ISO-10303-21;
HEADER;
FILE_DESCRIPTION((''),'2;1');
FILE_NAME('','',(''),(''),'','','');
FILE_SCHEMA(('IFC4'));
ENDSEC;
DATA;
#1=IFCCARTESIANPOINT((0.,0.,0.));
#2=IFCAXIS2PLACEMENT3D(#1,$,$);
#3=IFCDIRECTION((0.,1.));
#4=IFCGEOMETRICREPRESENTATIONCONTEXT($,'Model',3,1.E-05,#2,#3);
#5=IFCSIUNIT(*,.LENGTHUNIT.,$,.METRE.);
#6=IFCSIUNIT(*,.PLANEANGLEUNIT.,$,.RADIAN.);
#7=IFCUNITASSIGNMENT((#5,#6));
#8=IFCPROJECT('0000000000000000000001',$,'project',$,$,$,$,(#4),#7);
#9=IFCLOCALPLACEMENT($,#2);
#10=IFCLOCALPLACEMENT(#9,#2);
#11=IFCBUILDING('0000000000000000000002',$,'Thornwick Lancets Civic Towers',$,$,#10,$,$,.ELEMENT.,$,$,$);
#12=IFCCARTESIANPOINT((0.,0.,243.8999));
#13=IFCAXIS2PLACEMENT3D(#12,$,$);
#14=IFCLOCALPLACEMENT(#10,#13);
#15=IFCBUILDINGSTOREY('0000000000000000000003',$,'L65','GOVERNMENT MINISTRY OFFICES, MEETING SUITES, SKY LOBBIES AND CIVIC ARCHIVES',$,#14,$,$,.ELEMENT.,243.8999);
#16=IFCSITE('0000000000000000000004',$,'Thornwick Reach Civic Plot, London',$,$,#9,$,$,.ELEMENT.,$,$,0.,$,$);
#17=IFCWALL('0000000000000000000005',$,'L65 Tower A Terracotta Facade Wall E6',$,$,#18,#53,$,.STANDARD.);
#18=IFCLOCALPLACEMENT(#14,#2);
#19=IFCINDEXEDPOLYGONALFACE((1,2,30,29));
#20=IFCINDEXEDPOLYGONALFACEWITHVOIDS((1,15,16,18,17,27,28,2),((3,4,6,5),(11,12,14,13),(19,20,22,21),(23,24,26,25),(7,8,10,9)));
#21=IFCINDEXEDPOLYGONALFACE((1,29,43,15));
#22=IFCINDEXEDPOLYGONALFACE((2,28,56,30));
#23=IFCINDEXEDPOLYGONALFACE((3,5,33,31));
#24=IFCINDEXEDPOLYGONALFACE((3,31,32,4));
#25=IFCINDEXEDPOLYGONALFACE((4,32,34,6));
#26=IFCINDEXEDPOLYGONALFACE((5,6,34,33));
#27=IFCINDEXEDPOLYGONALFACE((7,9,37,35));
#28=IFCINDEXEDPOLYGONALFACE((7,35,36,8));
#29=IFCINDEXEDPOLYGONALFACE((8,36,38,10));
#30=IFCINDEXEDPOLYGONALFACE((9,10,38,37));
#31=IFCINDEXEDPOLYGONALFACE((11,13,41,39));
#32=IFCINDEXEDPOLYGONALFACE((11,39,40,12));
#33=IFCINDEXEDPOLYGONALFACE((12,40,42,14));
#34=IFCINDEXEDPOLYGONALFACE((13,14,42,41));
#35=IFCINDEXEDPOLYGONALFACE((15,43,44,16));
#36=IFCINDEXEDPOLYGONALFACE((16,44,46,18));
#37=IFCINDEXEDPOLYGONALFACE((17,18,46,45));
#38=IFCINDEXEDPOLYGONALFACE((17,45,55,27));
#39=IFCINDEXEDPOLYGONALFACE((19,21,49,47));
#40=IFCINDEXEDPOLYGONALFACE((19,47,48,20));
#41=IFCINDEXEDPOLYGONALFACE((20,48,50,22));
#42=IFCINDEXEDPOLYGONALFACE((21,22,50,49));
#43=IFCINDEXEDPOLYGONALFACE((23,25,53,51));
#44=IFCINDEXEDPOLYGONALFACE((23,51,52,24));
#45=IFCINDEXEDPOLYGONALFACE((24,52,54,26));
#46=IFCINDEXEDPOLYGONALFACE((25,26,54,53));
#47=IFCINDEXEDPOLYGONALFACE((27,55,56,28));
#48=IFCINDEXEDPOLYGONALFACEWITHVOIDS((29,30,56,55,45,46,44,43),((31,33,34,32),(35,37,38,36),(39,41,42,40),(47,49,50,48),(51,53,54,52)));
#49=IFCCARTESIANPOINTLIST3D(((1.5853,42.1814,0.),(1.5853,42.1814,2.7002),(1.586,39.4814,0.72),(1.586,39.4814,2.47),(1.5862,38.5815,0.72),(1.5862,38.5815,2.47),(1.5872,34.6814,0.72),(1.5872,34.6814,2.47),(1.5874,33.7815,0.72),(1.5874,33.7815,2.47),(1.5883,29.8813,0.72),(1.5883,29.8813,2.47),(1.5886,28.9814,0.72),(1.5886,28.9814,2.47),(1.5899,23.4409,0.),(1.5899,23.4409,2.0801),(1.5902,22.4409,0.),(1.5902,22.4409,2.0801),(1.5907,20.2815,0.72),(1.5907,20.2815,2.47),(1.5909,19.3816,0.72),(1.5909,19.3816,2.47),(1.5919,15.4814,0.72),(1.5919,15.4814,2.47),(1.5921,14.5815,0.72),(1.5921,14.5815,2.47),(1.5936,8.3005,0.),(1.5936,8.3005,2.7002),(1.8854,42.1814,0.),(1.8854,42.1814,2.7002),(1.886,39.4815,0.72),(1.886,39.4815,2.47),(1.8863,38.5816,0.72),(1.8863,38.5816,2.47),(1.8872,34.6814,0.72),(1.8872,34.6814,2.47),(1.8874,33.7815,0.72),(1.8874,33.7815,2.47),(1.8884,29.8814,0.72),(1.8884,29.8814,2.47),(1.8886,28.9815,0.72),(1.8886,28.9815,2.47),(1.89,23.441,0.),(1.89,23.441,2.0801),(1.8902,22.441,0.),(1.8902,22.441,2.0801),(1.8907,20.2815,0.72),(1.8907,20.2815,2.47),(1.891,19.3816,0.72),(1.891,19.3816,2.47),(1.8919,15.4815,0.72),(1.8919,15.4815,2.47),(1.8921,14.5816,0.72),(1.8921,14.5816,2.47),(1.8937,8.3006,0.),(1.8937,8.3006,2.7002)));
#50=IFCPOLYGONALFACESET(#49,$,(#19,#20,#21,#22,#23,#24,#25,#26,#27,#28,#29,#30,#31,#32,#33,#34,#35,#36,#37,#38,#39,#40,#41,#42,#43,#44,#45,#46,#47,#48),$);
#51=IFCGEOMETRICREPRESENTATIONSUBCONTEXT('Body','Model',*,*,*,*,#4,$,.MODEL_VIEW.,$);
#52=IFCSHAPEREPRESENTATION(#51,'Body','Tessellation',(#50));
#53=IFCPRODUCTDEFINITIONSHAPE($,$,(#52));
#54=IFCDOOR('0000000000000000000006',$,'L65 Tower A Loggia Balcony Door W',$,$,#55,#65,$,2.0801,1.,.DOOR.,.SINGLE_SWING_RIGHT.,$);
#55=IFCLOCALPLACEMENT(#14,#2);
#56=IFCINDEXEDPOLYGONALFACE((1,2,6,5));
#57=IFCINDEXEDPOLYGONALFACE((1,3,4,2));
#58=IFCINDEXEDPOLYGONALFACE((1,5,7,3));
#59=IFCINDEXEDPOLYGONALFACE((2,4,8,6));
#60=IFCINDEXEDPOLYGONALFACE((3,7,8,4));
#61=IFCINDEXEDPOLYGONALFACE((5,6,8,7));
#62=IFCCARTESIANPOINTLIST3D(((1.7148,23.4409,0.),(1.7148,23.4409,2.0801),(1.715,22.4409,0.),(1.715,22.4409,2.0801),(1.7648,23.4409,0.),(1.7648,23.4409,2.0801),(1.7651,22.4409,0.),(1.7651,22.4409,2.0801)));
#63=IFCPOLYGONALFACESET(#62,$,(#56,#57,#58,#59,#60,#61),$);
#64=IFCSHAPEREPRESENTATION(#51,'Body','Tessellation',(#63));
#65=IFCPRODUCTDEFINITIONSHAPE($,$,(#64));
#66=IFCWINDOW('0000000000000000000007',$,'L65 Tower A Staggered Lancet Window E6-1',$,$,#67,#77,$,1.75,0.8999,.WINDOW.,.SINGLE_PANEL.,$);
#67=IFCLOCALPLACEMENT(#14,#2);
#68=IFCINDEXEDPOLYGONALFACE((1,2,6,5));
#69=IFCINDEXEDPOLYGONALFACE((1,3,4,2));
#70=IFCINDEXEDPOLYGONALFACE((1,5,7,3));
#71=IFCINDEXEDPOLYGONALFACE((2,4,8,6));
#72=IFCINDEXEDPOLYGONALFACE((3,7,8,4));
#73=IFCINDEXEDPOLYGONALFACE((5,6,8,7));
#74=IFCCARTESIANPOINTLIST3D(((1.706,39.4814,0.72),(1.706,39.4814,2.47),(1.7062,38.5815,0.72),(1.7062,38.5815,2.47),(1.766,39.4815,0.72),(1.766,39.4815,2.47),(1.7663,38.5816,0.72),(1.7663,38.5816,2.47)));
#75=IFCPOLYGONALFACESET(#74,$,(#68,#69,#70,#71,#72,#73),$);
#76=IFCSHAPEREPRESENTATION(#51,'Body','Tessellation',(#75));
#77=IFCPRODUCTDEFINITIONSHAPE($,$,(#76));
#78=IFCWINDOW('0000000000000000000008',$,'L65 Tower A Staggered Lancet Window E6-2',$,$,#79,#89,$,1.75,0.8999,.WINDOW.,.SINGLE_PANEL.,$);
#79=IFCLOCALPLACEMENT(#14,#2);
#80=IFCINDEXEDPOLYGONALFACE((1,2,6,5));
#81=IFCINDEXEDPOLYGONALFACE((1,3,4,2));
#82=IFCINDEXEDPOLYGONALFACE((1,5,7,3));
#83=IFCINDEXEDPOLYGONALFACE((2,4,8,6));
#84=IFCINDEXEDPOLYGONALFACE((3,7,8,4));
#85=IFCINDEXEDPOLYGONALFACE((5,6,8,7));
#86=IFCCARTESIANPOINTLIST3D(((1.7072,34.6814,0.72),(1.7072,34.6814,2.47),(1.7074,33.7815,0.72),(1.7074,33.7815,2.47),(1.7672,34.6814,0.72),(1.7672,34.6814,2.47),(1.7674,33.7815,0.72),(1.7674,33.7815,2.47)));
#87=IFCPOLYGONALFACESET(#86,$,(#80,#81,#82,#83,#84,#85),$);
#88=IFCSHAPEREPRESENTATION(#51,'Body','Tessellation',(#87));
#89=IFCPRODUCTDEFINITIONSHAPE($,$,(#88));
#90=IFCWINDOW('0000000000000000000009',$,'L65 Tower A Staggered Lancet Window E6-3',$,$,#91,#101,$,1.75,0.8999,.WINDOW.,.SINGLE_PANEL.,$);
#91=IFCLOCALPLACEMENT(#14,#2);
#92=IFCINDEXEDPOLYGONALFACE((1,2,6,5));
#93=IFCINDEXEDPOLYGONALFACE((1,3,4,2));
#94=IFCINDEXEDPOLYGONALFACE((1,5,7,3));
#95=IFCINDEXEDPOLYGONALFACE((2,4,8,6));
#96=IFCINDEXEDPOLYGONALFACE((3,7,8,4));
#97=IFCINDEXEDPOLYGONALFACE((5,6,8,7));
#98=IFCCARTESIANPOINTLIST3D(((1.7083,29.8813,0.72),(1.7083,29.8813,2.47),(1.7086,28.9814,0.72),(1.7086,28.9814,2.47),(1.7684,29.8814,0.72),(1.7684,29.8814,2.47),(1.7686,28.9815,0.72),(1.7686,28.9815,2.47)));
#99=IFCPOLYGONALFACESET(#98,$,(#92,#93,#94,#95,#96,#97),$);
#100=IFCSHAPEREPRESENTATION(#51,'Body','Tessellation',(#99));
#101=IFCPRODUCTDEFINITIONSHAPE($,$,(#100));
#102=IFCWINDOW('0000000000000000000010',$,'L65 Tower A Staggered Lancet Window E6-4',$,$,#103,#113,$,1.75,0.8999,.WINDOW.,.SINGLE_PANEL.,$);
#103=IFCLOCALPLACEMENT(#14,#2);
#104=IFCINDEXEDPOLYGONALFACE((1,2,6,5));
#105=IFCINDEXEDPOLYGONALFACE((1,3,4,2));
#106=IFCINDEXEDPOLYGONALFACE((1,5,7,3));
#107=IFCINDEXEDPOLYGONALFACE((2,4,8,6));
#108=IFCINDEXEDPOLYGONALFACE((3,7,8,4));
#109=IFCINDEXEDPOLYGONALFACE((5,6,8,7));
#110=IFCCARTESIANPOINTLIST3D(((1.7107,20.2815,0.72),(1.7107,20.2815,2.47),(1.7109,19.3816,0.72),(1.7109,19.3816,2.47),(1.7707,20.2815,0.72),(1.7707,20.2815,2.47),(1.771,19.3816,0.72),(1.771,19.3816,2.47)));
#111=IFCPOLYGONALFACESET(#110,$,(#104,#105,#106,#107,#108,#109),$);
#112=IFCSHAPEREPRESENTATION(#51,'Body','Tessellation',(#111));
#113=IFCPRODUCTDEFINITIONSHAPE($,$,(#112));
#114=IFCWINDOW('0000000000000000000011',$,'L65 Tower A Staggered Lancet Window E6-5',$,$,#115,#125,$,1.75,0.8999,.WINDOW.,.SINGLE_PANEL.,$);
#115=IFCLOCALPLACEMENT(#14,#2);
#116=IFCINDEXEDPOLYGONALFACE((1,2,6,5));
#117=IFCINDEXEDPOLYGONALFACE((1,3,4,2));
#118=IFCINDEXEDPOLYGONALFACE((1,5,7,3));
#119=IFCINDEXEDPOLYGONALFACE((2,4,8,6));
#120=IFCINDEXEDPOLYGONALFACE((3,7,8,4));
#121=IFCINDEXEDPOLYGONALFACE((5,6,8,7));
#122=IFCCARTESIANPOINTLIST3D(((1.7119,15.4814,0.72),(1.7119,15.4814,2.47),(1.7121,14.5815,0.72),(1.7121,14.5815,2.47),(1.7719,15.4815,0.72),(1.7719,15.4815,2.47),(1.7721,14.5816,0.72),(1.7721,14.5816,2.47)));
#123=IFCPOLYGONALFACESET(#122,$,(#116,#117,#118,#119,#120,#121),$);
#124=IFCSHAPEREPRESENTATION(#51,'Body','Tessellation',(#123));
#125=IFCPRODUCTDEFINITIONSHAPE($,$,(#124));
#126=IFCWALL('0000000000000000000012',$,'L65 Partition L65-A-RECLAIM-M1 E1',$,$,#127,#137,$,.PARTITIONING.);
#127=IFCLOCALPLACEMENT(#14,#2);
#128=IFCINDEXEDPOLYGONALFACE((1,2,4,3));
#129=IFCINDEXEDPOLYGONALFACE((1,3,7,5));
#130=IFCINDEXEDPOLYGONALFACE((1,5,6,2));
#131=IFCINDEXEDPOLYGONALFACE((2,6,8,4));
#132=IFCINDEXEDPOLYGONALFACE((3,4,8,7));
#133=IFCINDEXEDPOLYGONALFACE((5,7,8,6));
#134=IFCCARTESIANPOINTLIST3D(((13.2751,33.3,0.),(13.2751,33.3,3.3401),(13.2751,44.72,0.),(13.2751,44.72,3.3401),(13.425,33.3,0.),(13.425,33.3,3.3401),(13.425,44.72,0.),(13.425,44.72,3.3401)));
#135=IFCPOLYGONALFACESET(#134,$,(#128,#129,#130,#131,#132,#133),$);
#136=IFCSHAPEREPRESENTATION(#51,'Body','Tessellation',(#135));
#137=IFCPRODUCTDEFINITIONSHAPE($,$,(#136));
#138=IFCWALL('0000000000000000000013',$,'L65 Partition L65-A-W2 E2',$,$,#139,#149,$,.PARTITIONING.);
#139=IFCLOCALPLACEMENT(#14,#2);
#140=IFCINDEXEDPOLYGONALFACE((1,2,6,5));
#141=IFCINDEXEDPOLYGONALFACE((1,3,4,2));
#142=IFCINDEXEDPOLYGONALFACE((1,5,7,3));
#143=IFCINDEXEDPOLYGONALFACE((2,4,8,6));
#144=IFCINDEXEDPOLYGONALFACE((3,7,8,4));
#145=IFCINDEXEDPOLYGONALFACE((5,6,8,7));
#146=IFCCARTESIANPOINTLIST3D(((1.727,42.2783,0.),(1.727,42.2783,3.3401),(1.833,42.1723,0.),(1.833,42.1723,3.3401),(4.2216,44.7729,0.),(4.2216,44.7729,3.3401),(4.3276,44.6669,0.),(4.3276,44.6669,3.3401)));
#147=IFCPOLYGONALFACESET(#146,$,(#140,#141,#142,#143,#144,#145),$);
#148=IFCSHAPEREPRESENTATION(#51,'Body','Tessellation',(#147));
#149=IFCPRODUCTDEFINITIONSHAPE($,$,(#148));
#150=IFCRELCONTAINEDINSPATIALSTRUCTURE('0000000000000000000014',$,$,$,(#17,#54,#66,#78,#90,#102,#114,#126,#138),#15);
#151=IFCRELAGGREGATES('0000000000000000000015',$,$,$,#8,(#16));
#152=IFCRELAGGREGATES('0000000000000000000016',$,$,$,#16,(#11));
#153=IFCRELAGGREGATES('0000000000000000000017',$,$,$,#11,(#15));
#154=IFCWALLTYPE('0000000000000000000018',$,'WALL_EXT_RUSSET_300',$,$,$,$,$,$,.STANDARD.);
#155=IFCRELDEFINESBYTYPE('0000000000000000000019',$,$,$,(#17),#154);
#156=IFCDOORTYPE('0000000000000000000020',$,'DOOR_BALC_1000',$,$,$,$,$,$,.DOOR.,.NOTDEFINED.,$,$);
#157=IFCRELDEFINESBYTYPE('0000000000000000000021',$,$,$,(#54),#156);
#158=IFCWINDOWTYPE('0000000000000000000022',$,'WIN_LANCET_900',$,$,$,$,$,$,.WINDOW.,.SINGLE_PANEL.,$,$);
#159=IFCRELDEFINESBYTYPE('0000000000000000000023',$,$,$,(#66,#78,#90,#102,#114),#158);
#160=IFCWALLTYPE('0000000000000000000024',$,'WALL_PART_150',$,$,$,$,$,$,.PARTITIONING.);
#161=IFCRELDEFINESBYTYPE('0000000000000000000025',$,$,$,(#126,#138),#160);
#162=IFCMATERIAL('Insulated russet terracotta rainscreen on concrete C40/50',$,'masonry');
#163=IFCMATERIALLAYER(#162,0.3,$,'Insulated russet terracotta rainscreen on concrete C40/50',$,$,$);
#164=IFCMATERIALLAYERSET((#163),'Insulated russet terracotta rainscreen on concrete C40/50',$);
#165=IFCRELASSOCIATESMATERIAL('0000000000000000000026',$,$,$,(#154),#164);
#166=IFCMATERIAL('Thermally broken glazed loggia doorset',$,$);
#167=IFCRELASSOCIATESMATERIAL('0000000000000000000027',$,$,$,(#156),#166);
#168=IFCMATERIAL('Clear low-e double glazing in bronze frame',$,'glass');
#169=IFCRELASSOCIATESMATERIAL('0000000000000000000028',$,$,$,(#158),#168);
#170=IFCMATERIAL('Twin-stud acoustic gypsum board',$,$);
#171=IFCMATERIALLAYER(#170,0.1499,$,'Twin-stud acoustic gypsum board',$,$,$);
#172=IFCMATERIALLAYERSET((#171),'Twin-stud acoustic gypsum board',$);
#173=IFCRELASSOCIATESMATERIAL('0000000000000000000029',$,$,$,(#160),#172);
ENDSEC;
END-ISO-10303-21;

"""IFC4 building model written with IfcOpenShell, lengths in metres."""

from ifc_helpers import new_model, si_unit, direction, frame, frame_2d, origin, place, context, subcontext, project, spatial, rectangle, extrude, material, layer, layer_set, type_object, element, fill, save


model = new_model("IFC4")

# Units and contexts
model_context = context("Model", 3, precision=1e-05, world=origin(), true_north=direction((0.0, 1.0)))
body_context = subcontext(model_context, "Body", "Model", "MODEL_VIEW")
ifc_project = project(units=[si_unit("LENGTHUNIT", "METRE"), si_unit("PLANEANGLEUNIT", "RADIAN")], contexts=[model_context])

# Site, building, storey
site_placement = place(None, origin())
site = spatial("IfcSite", under=ifc_project, at=site_placement, Name="Thornwick Reach Civic Plot, London", CompositionType="ELEMENT", RefElevation=0.0)
building_placement = place(site_placement, origin())
building = spatial("IfcBuilding", under=site, at=building_placement, Name="Thornwick Lancets Civic Towers", CompositionType="ELEMENT")
storey_placement = place(building_placement, frame((0.0, 0.0, 243.8999)))
storey = spatial("IfcBuildingStorey", under=building, at=storey_placement, Name="L65", Description="GOVERNMENT MINISTRY OFFICES, MEETING SUITES, SKY LOBBIES AND CIVIC ARCHIVES", CompositionType="ELEMENT", Elevation=243.8999)

# Wall, openings, door, windows
ifc_material_1 = material(Name="Insulated russet terracotta rainscreen on concrete C40/50", Category="masonry")
ifc_layer_1 = layer(ifc_material_1, 0.3, Name="Insulated russet terracotta rainscreen on concrete C40/50")
ifc_layer_set_1 = layer_set([ifc_layer_1], Name="Insulated russet terracotta rainscreen on concrete C40/50")
wall_type_1 = type_object("IfcWallType", Name="WALL_EXT_RUSSET_300", PredefinedType="STANDARD", material=ifc_layer_set_1)
wall_1_placement = place(storey_placement, frame((1.7354, 42.1814, 0.0), z_axis=(0.0, 0.0, 1.0), x_axis=(0.000245, -1.0, 0.0)))
wall_1 = element("IfcWall", 1, at=wall_1_placement, inside=storey, type_object=wall_type_1, Name="L65 Tower A Terracotta Facade Wall E6", PredefinedType="STANDARD", context=body_context, shape_type="SweptSolid", body=[
    extrude(rectangle(XDim=33.8809, YDim=0.3, at=frame_2d((16.9404, 0.0))), origin(), (0.0, 0.0, 1.0), 2.7002),
])
opening_1_placement = place(wall_1_placement, frame((18.7405, 0.0, 0.0)))
opening_1 = element("IfcOpeningElement", 2, at=opening_1_placement, cuts=wall_1, PredefinedType="OPENING", context=body_context, shape_type="SweptSolid", body=[
    extrude(rectangle(XDim=1.0, YDim=2.0801, at=frame_2d((0.5, 1.04))), frame((0.0, 0.1602, 0.0), z_axis=(0.0, -1.0, 0.0), x_axis=(1.0, 0.0, 0.0)), (0.0, 0.0, 1.0), 0.3201),
])
opening_2_placement = place(wall_1_placement, frame((2.7, 0.0, 0.72)))
opening_2 = element("IfcOpeningElement", 3, at=opening_2_placement, cuts=wall_1, PredefinedType="OPENING", context=body_context, shape_type="SweptSolid", body=[
    extrude(rectangle(XDim=0.8999, YDim=1.75, at=frame_2d((0.45, 0.875))), frame((0.0, 0.1602, 0.0), z_axis=(0.0, -1.0, 0.0), x_axis=(1.0, 0.0, 0.0)), (0.0, 0.0, 1.0), 0.3201),
])
opening_3_placement = place(wall_1_placement, frame((7.5, 0.0, 0.72)))
opening_3 = element("IfcOpeningElement", 4, at=opening_3_placement, cuts=wall_1, PredefinedType="OPENING", context=body_context, shape_type="SweptSolid", body=[
    extrude(rectangle(XDim=0.8999, YDim=1.75, at=frame_2d((0.45, 0.875))), frame((0.0, 0.1602, 0.0), z_axis=(0.0, -1.0, 0.0), x_axis=(1.0, 0.0, 0.0)), (0.0, 0.0, 1.0), 0.3201),
])
opening_4_placement = place(wall_1_placement, frame((12.3, 0.0, 0.72)))
opening_4 = element("IfcOpeningElement", 5, at=opening_4_placement, cuts=wall_1, PredefinedType="OPENING", context=body_context, shape_type="SweptSolid", body=[
    extrude(rectangle(XDim=0.8999, YDim=1.75, at=frame_2d((0.45, 0.875))), frame((0.0, 0.1602, 0.0), z_axis=(0.0, -1.0, 0.0), x_axis=(1.0, 0.0, 0.0)), (0.0, 0.0, 1.0), 0.3201),
])
opening_5_placement = place(wall_1_placement, frame((21.8999, 0.0, 0.72)))
opening_5 = element("IfcOpeningElement", 6, at=opening_5_placement, cuts=wall_1, PredefinedType="OPENING", context=body_context, shape_type="SweptSolid", body=[
    extrude(rectangle(XDim=0.8999, YDim=1.75, at=frame_2d((0.45, 0.875))), frame((0.0, 0.1602, 0.0), z_axis=(0.0, -1.0, 0.0), x_axis=(1.0, 0.0, 0.0)), (0.0, 0.0, 1.0), 0.3201),
])
opening_6_placement = place(wall_1_placement, frame((26.7, 0.0, 0.72)))
opening_6 = element("IfcOpeningElement", 7, at=opening_6_placement, cuts=wall_1, PredefinedType="OPENING", context=body_context, shape_type="SweptSolid", body=[
    extrude(rectangle(XDim=0.8999, YDim=1.75, at=frame_2d((0.45, 0.875))), frame((0.0, 0.1602, 0.0), z_axis=(0.0, -1.0, 0.0), x_axis=(1.0, 0.0, 0.0)), (0.0, 0.0, 1.0), 0.3201),
])
ifc_material_2 = material(Name="Thermally broken glazed loggia doorset")
door_type = type_object("IfcDoorType", Name="DOOR_BALC_1000", OperationType="NOTDEFINED", PredefinedType="DOOR", material=ifc_material_2)
door_placement = place(opening_1_placement, origin())
door = element("IfcDoor", 8, at=door_placement, inside=storey, type_object=door_type, Name="L65 Tower A Loggia Balcony Door W", OperationType="SINGLE_SWING_RIGHT", OverallHeight=2.0801, OverallWidth=1.0, PredefinedType="DOOR", context=body_context, shape_type="SweptSolid", body=[
    extrude(rectangle(XDim=1.0, YDim=2.0801, at=frame_2d((0.5, 1.04))), frame((0.0, 0.0249, 0.0), z_axis=(0.0, -1.0, 0.0), x_axis=(1.0, 0.0, 0.0)), (0.0, 0.0, 1.0), 0.05),
])
fill(opening_1, door)
ifc_material_3 = material(Name="Clear low-e double glazing in bronze frame", Category="glass")
window_type = type_object("IfcWindowType", Name="WIN_LANCET_900", PartitioningType="SINGLE_PANEL", PredefinedType="WINDOW", material=ifc_material_3)
window_1_placement = place(opening_2_placement, origin())
window_1 = element("IfcWindow", 9, at=window_1_placement, inside=storey, type_object=window_type, Name="L65 Tower A Staggered Lancet Window E6-1", OverallHeight=1.75, OverallWidth=0.8999, PartitioningType="SINGLE_PANEL", PredefinedType="WINDOW", context=body_context, shape_type="SweptSolid", body=[
    extrude(rectangle(XDim=0.8999, YDim=1.75, at=frame_2d((0.45, 0.875))), frame((0.0, 0.03, 0.0), z_axis=(0.0, -1.0, 0.0), x_axis=(1.0, 0.0, 0.0)), (0.0, 0.0, 1.0), 0.0601),
])
fill(opening_2, window_1)
window_2_placement = place(opening_3_placement, origin())
window_2 = element("IfcWindow", 10, at=window_2_placement, inside=storey, type_object=window_type, Name="L65 Tower A Staggered Lancet Window E6-2", OverallHeight=1.75, OverallWidth=0.8999, PartitioningType="SINGLE_PANEL", PredefinedType="WINDOW", context=body_context, shape_type="SweptSolid", body=[
    extrude(rectangle(XDim=0.8999, YDim=1.75, at=frame_2d((0.45, 0.875))), frame((0.0, 0.03, 0.0), z_axis=(0.0, -1.0, 0.0), x_axis=(1.0, 0.0, 0.0)), (0.0, 0.0, 1.0), 0.0601),
])
fill(opening_3, window_2)
window_3_placement = place(opening_4_placement, origin())
window_3 = element("IfcWindow", 11, at=window_3_placement, inside=storey, type_object=window_type, Name="L65 Tower A Staggered Lancet Window E6-3", OverallHeight=1.75, OverallWidth=0.8999, PartitioningType="SINGLE_PANEL", PredefinedType="WINDOW", context=body_context, shape_type="SweptSolid", body=[
    extrude(rectangle(XDim=0.8999, YDim=1.75, at=frame_2d((0.45, 0.875))), frame((0.0, 0.03, 0.0), z_axis=(0.0, -1.0, 0.0), x_axis=(1.0, 0.0, 0.0)), (0.0, 0.0, 1.0), 0.0601),
])
fill(opening_4, window_3)
window_4_placement = place(opening_5_placement, origin())
window_4 = element("IfcWindow", 12, at=window_4_placement, inside=storey, type_object=window_type, Name="L65 Tower A Staggered Lancet Window E6-4", OverallHeight=1.75, OverallWidth=0.8999, PartitioningType="SINGLE_PANEL", PredefinedType="WINDOW", context=body_context, shape_type="SweptSolid", body=[
    extrude(rectangle(XDim=0.8999, YDim=1.75, at=frame_2d((0.45, 0.875))), frame((0.0, 0.03, 0.0), z_axis=(0.0, -1.0, 0.0), x_axis=(1.0, 0.0, 0.0)), (0.0, 0.0, 1.0), 0.0601),
])
fill(opening_5, window_4)
window_5_placement = place(opening_6_placement, origin())
window_5 = element("IfcWindow", 13, at=window_5_placement, inside=storey, type_object=window_type, Name="L65 Tower A Staggered Lancet Window E6-5", OverallHeight=1.75, OverallWidth=0.8999, PartitioningType="SINGLE_PANEL", PredefinedType="WINDOW", context=body_context, shape_type="SweptSolid", body=[
    extrude(rectangle(XDim=0.8999, YDim=1.75, at=frame_2d((0.45, 0.875))), frame((0.0, 0.03, 0.0), z_axis=(0.0, -1.0, 0.0), x_axis=(1.0, 0.0, 0.0)), (0.0, 0.0, 1.0), 0.0601),
])
fill(opening_6, window_5)

# Walls
ifc_material_4 = material(Name="Twin-stud acoustic gypsum board")
ifc_layer_2 = layer(ifc_material_4, 0.1499, Name="Twin-stud acoustic gypsum board")
ifc_layer_set_2 = layer_set([ifc_layer_2], Name="Twin-stud acoustic gypsum board")
wall_type_2 = type_object("IfcWallType", Name="WALL_PART_150", PredefinedType="PARTITIONING", material=ifc_layer_set_2)
wall_2_placement = place(storey_placement, frame((13.3501, 33.3, 0.0), z_axis=(0.0, 0.0, 1.0), x_axis=(0.0, 1.0, 0.0)))
element("IfcWall", 14, at=wall_2_placement, inside=storey, type_object=wall_type_2, Name="L65 Partition L65-A-RECLAIM-M1 E1", PredefinedType="PARTITIONING", context=body_context, shape_type="SweptSolid", body=[
    extrude(rectangle(XDim=11.4199, YDim=0.1499, at=frame_2d((5.71, 0.0))), origin(), (0.0, 0.0, 1.0), 3.3401),
])
wall_3_placement = place(storey_placement, frame((1.78, 42.2253, 0.0), z_axis=(0.0, 0.0, 1.0), x_axis=(0.707107, 0.707107, 0.0)))
element("IfcWall", 15, at=wall_3_placement, inside=storey, type_object=wall_type_2, Name="L65 Partition L65-A-W2 E2", PredefinedType="PARTITIONING", context=body_context, shape_type="SweptSolid", body=[
    extrude(rectangle(XDim=3.5278, YDim=0.1499, at=frame_2d((1.7639, 0.0))), origin(), (0.0, 0.0, 1.0), 3.3401),
])

save(model, "model.ifc")
